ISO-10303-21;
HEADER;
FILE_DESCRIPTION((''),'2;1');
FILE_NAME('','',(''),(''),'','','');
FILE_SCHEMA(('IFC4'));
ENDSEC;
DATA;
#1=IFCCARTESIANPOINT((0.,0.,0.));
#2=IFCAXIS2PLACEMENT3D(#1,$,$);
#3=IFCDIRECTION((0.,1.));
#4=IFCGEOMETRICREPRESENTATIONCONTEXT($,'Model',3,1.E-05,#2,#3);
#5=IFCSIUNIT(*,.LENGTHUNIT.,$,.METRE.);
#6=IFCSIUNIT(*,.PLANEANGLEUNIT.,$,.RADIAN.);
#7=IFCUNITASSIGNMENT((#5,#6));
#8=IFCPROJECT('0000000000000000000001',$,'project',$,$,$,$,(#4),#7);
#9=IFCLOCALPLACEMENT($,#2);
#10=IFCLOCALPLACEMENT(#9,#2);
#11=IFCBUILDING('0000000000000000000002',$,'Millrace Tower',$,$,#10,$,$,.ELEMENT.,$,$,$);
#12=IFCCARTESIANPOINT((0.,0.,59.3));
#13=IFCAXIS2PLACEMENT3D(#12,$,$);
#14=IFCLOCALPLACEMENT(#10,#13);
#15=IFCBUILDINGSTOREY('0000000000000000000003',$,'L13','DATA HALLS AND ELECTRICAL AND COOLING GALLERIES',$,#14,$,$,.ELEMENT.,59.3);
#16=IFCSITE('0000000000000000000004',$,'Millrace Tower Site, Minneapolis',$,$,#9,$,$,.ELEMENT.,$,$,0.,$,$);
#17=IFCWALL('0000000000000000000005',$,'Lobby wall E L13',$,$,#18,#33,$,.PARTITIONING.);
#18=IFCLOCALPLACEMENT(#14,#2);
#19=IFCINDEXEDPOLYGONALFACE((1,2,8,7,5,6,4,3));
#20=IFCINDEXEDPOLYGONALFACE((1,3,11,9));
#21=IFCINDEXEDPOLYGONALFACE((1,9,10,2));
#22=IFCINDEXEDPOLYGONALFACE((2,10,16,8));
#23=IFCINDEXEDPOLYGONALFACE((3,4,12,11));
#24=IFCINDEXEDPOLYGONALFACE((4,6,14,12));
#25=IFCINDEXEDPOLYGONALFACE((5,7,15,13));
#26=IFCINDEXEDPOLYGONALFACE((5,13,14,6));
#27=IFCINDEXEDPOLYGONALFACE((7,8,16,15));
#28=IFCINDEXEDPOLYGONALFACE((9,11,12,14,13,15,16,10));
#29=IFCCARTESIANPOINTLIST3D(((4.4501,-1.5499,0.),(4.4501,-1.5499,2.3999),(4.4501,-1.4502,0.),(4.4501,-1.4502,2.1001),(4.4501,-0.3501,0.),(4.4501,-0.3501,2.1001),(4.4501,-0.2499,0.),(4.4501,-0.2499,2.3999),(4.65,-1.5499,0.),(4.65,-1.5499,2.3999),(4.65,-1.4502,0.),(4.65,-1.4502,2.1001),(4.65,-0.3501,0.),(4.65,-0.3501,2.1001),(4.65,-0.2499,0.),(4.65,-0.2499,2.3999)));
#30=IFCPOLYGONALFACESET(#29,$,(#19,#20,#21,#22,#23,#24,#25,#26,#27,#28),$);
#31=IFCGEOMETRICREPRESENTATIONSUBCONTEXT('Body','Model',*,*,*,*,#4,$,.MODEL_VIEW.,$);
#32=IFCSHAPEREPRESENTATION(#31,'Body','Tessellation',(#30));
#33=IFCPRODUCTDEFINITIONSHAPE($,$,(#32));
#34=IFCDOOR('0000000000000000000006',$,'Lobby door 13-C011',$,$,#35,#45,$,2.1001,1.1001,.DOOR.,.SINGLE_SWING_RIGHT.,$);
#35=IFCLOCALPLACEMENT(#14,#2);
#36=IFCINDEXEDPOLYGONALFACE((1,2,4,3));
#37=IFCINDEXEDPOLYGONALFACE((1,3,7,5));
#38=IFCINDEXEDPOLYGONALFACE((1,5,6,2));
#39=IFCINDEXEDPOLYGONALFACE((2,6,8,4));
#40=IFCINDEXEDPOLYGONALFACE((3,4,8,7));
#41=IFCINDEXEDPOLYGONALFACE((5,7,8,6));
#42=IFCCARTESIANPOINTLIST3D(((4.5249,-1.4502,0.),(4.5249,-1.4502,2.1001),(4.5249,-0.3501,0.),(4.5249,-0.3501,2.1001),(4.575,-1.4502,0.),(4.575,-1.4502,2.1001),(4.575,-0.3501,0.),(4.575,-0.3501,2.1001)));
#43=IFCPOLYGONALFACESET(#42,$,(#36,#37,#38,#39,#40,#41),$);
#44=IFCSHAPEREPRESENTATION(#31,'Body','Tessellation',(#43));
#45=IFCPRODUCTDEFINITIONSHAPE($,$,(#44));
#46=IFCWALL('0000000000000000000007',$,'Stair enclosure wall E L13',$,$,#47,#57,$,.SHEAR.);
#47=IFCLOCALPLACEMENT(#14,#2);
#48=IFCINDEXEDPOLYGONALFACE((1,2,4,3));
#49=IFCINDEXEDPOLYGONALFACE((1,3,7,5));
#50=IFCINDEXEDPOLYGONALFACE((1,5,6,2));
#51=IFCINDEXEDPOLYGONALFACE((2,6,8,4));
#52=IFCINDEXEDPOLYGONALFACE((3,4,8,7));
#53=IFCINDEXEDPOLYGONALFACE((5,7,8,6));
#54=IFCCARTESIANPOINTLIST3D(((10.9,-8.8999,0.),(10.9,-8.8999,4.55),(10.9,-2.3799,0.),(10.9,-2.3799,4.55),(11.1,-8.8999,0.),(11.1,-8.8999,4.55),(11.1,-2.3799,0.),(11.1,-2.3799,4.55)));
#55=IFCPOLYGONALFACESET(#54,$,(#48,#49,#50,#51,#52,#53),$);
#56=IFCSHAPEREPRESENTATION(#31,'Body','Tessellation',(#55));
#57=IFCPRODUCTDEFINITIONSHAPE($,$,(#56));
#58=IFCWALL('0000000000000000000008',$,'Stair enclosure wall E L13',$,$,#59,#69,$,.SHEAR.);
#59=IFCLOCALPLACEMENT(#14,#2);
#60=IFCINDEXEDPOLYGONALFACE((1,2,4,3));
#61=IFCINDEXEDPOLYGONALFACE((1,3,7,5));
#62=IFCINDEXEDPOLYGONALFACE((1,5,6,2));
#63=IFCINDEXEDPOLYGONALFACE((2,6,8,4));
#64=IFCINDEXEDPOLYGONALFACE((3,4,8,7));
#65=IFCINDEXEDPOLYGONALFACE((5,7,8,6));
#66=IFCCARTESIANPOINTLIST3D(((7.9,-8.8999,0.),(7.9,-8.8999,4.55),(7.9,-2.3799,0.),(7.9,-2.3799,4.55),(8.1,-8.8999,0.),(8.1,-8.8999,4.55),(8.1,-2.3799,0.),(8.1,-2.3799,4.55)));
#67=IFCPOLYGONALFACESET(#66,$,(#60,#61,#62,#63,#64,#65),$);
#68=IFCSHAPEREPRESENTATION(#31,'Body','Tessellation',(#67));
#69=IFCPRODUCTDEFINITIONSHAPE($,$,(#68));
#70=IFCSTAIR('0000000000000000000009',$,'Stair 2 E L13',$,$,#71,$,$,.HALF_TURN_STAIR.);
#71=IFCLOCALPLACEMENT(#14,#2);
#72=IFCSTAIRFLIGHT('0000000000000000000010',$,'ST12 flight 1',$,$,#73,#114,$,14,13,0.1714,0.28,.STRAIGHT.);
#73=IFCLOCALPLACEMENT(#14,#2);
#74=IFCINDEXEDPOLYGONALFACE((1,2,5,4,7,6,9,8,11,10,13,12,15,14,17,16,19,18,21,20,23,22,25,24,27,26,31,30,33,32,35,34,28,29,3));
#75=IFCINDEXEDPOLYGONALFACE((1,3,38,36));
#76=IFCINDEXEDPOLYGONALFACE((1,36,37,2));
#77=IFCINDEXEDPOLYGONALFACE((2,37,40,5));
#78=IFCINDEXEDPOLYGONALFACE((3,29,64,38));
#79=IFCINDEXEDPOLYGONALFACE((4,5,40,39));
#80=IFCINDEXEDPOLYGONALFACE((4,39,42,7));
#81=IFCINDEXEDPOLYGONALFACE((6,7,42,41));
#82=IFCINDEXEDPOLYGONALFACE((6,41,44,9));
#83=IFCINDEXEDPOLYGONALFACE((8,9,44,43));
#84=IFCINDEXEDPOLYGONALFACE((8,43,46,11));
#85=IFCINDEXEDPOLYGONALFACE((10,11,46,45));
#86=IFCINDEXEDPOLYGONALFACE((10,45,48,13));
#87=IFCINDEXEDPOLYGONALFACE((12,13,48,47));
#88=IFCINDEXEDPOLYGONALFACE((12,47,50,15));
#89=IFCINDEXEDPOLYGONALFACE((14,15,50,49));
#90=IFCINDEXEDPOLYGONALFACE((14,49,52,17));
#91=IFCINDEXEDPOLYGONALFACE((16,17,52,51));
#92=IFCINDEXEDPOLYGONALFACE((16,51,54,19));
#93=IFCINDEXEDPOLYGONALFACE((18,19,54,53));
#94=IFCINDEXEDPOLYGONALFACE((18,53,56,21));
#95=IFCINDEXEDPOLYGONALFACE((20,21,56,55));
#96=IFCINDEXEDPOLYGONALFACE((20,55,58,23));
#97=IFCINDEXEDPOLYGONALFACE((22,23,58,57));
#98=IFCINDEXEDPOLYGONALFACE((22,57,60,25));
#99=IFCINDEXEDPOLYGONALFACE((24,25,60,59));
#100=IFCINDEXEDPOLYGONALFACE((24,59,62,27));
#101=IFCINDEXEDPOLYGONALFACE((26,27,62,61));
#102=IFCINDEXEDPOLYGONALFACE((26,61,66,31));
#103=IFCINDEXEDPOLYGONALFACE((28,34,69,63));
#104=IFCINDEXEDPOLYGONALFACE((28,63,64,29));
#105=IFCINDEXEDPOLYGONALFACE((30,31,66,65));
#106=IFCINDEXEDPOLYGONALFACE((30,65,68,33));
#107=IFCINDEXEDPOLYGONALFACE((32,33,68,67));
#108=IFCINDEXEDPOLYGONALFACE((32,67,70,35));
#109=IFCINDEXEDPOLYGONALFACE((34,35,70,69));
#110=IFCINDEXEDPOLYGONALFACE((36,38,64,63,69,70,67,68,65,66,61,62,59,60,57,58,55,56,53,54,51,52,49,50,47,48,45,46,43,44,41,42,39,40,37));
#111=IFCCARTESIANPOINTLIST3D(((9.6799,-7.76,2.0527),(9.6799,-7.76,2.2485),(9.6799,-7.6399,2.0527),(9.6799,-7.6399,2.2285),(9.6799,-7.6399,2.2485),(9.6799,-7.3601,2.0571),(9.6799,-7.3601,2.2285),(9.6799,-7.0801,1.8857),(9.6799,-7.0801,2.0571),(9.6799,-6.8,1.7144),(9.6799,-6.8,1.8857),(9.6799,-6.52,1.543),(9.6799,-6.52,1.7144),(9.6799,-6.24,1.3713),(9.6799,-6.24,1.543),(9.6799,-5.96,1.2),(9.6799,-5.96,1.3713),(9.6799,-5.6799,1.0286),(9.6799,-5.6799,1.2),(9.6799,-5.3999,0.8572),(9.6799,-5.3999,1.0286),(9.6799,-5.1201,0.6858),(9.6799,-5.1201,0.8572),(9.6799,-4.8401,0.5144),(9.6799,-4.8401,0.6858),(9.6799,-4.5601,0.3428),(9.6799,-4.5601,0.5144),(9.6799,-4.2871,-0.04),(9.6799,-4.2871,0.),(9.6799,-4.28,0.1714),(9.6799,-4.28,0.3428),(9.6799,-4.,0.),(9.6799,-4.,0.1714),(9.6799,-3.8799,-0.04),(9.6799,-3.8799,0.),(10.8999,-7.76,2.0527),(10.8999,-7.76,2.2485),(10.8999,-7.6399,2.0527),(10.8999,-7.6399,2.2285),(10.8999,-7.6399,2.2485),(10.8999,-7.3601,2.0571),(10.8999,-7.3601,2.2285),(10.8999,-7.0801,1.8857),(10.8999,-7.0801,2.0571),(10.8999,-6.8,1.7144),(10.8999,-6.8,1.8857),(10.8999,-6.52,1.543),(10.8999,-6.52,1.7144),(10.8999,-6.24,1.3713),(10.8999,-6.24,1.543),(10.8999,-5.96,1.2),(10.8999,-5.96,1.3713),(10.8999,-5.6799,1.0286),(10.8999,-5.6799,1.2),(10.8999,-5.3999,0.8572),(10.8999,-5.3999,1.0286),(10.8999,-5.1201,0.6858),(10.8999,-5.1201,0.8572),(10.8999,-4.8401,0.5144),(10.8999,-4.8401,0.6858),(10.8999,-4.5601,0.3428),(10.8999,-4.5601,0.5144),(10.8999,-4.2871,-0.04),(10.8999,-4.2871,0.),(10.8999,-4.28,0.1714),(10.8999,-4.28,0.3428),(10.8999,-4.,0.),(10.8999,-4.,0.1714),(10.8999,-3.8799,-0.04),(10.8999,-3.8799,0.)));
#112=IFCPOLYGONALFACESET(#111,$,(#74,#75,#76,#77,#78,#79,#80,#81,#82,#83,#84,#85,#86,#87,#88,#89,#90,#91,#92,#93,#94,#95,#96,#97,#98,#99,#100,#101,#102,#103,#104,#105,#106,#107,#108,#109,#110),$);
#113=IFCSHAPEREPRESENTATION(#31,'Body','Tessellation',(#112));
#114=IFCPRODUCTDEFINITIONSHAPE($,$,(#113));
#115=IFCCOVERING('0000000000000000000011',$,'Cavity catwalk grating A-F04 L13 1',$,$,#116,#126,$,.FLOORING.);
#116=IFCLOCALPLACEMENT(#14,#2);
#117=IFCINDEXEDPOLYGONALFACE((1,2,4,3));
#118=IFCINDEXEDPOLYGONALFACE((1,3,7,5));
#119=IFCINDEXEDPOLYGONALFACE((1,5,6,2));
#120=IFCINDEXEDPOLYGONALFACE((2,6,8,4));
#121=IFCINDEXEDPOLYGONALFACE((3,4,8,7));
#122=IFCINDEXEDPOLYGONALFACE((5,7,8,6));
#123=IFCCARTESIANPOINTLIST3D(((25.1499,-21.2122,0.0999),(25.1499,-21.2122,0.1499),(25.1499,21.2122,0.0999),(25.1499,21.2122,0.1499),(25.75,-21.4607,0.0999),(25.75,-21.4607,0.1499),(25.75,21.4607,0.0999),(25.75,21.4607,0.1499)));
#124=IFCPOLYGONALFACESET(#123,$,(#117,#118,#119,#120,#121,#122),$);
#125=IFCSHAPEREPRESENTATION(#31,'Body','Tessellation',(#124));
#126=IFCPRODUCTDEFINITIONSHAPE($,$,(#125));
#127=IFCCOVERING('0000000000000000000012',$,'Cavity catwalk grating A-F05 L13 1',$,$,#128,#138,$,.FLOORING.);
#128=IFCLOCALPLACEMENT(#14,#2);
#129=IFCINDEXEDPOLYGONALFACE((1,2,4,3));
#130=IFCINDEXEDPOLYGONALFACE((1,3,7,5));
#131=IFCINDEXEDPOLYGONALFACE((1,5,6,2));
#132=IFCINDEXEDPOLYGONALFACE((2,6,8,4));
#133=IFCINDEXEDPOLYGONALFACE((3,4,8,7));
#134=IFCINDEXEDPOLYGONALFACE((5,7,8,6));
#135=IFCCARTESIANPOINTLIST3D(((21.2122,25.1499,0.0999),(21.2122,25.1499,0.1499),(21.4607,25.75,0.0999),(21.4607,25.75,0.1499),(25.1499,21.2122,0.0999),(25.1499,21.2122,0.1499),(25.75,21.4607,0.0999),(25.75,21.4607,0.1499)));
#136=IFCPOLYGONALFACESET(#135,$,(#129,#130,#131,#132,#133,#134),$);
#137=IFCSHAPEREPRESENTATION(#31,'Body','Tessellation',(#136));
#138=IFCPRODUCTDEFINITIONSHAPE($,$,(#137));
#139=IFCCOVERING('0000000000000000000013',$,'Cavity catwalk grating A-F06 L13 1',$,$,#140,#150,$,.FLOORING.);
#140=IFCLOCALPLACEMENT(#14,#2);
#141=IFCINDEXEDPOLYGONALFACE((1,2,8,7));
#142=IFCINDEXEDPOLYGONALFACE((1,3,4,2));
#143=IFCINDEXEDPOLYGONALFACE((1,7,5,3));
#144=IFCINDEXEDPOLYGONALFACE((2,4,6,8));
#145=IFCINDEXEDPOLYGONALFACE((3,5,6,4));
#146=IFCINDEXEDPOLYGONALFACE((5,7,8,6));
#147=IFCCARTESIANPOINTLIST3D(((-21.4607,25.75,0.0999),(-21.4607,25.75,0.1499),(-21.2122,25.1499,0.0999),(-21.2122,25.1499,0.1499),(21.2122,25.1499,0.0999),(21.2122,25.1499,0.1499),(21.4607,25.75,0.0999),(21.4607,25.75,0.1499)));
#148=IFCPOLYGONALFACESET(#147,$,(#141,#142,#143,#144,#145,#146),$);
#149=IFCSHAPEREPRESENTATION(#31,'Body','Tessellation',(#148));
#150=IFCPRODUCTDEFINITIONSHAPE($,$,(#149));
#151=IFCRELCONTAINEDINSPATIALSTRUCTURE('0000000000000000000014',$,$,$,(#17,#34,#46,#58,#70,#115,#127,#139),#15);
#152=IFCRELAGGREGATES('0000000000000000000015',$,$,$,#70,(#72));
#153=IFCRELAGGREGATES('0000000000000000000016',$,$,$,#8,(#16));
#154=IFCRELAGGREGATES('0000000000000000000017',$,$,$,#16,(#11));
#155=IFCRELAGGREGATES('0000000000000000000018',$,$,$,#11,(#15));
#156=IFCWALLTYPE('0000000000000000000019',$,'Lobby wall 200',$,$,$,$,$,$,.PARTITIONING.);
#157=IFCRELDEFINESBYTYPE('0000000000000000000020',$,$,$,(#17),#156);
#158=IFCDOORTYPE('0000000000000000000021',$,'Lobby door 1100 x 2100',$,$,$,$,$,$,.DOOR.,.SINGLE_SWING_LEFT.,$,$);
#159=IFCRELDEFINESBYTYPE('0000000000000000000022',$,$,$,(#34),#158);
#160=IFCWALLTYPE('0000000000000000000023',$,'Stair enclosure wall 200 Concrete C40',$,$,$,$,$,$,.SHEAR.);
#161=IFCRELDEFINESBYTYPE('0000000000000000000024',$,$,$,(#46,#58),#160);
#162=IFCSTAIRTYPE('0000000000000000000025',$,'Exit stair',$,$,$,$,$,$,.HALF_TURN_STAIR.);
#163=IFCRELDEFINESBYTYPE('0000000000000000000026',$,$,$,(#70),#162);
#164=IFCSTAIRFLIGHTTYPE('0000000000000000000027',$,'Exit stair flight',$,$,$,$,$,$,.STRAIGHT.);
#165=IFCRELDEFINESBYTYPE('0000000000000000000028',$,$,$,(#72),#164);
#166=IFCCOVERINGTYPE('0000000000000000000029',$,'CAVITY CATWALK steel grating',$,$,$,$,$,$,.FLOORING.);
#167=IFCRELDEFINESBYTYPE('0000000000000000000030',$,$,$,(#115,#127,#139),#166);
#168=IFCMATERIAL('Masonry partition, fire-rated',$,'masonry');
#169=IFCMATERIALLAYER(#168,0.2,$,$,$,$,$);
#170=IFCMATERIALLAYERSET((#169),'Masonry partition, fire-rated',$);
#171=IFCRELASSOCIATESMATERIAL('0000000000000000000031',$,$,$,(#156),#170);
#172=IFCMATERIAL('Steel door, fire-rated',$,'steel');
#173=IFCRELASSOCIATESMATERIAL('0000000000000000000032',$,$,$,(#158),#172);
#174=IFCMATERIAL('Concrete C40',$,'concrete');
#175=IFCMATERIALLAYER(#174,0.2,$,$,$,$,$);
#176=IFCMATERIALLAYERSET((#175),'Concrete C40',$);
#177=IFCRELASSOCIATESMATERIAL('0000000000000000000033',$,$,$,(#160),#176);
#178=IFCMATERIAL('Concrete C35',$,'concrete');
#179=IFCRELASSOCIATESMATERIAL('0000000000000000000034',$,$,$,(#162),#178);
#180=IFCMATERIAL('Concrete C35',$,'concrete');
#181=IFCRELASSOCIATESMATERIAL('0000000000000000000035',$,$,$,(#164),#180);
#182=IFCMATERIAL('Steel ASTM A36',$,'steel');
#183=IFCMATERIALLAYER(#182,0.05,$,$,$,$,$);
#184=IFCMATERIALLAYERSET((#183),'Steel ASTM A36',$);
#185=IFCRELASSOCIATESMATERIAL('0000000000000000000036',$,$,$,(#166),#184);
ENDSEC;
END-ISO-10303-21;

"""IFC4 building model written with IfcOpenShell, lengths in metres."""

from ifc_helpers import new_model, si_unit, direction, frame, frame_2d, origin, place, context, subcontext, project, spatial, polyline, rectangle, outline, extrude, material, layer, layer_set, type_object, element, fill, aggregate, save


model = new_model("IFC4")

# Units and contexts
model_context = context("Model", 3, precision=1e-05, world=origin(), true_north=direction((0.0, 1.0)))
body_context = subcontext(model_context, "Body", "Model", "MODEL_VIEW")
ifc_project = project(units=[si_unit("LENGTHUNIT", "METRE"), si_unit("PLANEANGLEUNIT", "RADIAN")], contexts=[model_context])

# Site, building, storey
site_placement = place(None, origin())
site = spatial("IfcSite", under=ifc_project, at=site_placement, Name="Millrace Tower Site, Minneapolis", CompositionType="ELEMENT", RefElevation=0.0)
building_placement = place(site_placement, origin())
building = spatial("IfcBuilding", under=site, at=building_placement, Name="Millrace Tower", CompositionType="ELEMENT")
storey_placement = place(building_placement, frame((0.0, 0.0, 59.3)))
storey = spatial("IfcBuildingStorey", under=building, at=storey_placement, Name="L13", Description="DATA HALLS AND ELECTRICAL AND COOLING GALLERIES", CompositionType="ELEMENT", Elevation=59.3)

# Shared definitions
placement_1 = place(storey_placement, origin())

# Wall, opening, door
ifc_material_1 = material(Name="Masonry partition, fire-rated", Category="masonry")
ifc_layer_1 = layer(ifc_material_1, 0.2)
ifc_layer_set_1 = layer_set([ifc_layer_1], Name="Masonry partition, fire-rated")
wall_type_1 = type_object("IfcWallType", Name="Lobby wall 200", PredefinedType="PARTITIONING", material=ifc_layer_set_1)
wall_1_placement = place(storey_placement, frame((4.55, -0.25, 0.0), z_axis=(0.0, 0.0, 1.0), x_axis=(0.0, -1.0, 0.0)))
wall_1 = element("IfcWall", 1, at=wall_1_placement, inside=storey, type_object=wall_type_1, Name="Lobby wall E L13", PredefinedType="PARTITIONING", context=body_context, shape_type="SweptSolid", body=[
    extrude(rectangle(XDim=1.3, YDim=0.2, at=frame_2d((0.6499, 0.0))), origin(), (0.0, 0.0, 1.0), 2.3999),
])
opening_placement = place(wall_1_placement, frame((0.1001, 0.0, 0.0)))
opening = element("IfcOpeningElement", 2, at=opening_placement, cuts=wall_1, PredefinedType="OPENING", context=body_context, shape_type="SweptSolid", body=[
    extrude(rectangle(XDim=1.1001, YDim=2.1001, at=frame_2d((0.55, 1.05))), frame((0.0, 0.1099, 0.0), z_axis=(0.0, -1.0, 0.0), x_axis=(1.0, 0.0, 0.0)), (0.0, 0.0, 1.0), 0.22),
])
ifc_material_2 = material(Name="Steel door, fire-rated", Category="steel")
door_type = type_object("IfcDoorType", Name="Lobby door 1100 x 2100", OperationType="SINGLE_SWING_LEFT", PredefinedType="DOOR", material=ifc_material_2)
door_placement = place(opening_placement, origin())
door = element("IfcDoor", 3, at=door_placement, inside=storey, type_object=door_type, Name="Lobby door 13-C011", OperationType="SINGLE_SWING_RIGHT", OverallHeight=2.1001, OverallWidth=1.1001, PredefinedType="DOOR", context=body_context, shape_type="SweptSolid", body=[
    extrude(rectangle(XDim=1.1001, YDim=2.1001, at=frame_2d((0.55, 1.05))), frame((0.0, 0.0249, 0.0), z_axis=(0.0, -1.0, 0.0), x_axis=(1.0, 0.0, 0.0)), (0.0, 0.0, 1.0), 0.05),
])
fill(opening, door)

# Walls
ifc_material_3 = material(Name="Concrete C40", Category="concrete")
ifc_layer_2 = layer(ifc_material_3, 0.2)
ifc_layer_set_2 = layer_set([ifc_layer_2], Name="Concrete C40")
wall_type_2 = type_object("IfcWallType", Name="Stair enclosure wall 200 Concrete C40", PredefinedType="SHEAR", material=ifc_layer_set_2)
for number, where, z_axis, x_axis, name in (
    (4, (11.0, -2.3799, 0.0), (0.0, 0.0, 1.0), (0.0, -1.0, 0.0), "Stair enclosure wall E L13"),
    (5, (8.0, -2.3799, 0.0), (0.0, 0.0, 1.0), (0.0, -1.0, 0.0), "Stair enclosure wall E L13"),
):
    element("IfcWall", number, at=place(storey_placement, frame(where, z_axis=z_axis, x_axis=x_axis)), inside=storey, type_object=wall_type_2, Name=name, PredefinedType="SHEAR", context=body_context, shape_type="SweptSolid", body=[
        extrude(rectangle(XDim=6.52, YDim=0.2, at=frame_2d((3.26, 0.0))), origin(), (0.0, 0.0, 1.0), 4.55),
    ])

# Stair, stair flight
ifc_material_4 = material(Name="Concrete C35", Category="concrete")
stair_type = type_object("IfcStairType", Name="Exit stair", PredefinedType="HALF_TURN_STAIR", material=ifc_material_4)
stair = element("IfcStair", 6, at=placement_1, inside=storey, type_object=stair_type, Name="Stair 2 E L13", PredefinedType="HALF_TURN_STAIR")
ifc_material_5 = material(Name="Concrete C35", Category="concrete")
stair_flight_type = type_object("IfcStairFlightType", Name="Exit stair flight", PredefinedType="STRAIGHT", material=ifc_material_5)
stair_flight_placement = place(storey_placement, frame((10.29, -4.0, 0.0), z_axis=(0.0, 0.0, 1.0), x_axis=(0.0, -1.0, 0.0)))
stair_flight = element("IfcStairFlight", 7, at=stair_flight_placement, type_object=stair_flight_type, Name="ST12 flight 1", NumberOfRisers=14, NumberOfTreads=13, PredefinedType="STRAIGHT", RiserHeight=0.1714, TreadLength=0.28, context=body_context, shape_type="SweptSolid", body=[
    extrude(outline(polyline([(-0.1201, -0.04), (-0.1201, 0.0), (0.0, 0.0), (0.0, 0.1714), (0.28, 0.1714), (0.28, 0.3428), (0.5601, 0.3428), (0.5601, 0.5144), (0.8401, 0.5144), (0.8401, 0.6858), (1.1201, 0.6858), (1.1201, 0.8572), (1.3999, 0.8572), (1.3999, 1.0286), (1.6799, 1.0286), (1.6799, 1.2), (1.96, 1.2), (1.96, 1.3713), (2.24, 1.3713), (2.24, 1.543), (2.52, 1.543), (2.52, 1.7144), (2.8, 1.7144), (2.8, 1.8857), (3.0801, 1.8857), (3.0801, 2.0571), (3.3601, 2.0571), (3.3601, 2.2285), (3.6399, 2.2285), (3.6399, 2.2485), (3.76, 2.2485), (3.76, 2.0527), (3.6399, 2.0527), (0.2871, 0.0), (0.2871, -0.04), (-0.1201, -0.04)])), frame((0.0, 0.6099, 0.0), z_axis=(0.0, -1.0, 0.0), x_axis=(1.0, 0.0, 0.0)), (0.0, 0.0, 1.0), 1.22),
])
aggregate(stair, [stair_flight])

# Coverings
ifc_material_6 = material(Name="Steel ASTM A36", Category="steel")
ifc_layer_3 = layer(ifc_material_6, 0.05)
ifc_layer_set_3 = layer_set([ifc_layer_3], Name="Steel ASTM A36")
covering_type = type_object("IfcCoveringType", Name="CAVITY CATWALK steel grating", PredefinedType="FLOORING", material=ifc_layer_set_3)
placement_2 = place(storey_placement, frame((0.0, 0.0, 0.0999)))
element("IfcCovering", 8, at=placement_2, inside=storey, type_object=covering_type, Name="Cavity catwalk grating A-F04 L13 1", PredefinedType="FLOORING", context=body_context, shape_type="SweptSolid", body=[
    extrude(outline(polyline([(25.75, -21.4607), (25.75, 21.4607), (25.1499, 21.2122), (25.1499, -21.2122), (25.75, -21.4607)])), origin(), (0.0, 0.0, 1.0), 0.05),
])
element("IfcCovering", 9, at=placement_2, inside=storey, type_object=covering_type, Name="Cavity catwalk grating A-F05 L13 1", PredefinedType="FLOORING", context=body_context, shape_type="SweptSolid", body=[
    extrude(outline(polyline([(25.75, 21.4607), (21.4607, 25.75), (21.2122, 25.1499), (25.1499, 21.2122), (25.75, 21.4607)])), origin(), (0.0, 0.0, 1.0), 0.05),
])
element("IfcCovering", 10, at=placement_2, inside=storey, type_object=covering_type, Name="Cavity catwalk grating A-F06 L13 1", PredefinedType="FLOORING", context=body_context, shape_type="SweptSolid", body=[
    extrude(outline(polyline([(21.4607, 25.75), (-21.4607, 25.75), (-21.2122, 25.1499), (21.2122, 25.1499), (21.4607, 25.75)])), origin(), (0.0, 0.0, 1.0), 0.05),
])

save(model, "model.ifc")
